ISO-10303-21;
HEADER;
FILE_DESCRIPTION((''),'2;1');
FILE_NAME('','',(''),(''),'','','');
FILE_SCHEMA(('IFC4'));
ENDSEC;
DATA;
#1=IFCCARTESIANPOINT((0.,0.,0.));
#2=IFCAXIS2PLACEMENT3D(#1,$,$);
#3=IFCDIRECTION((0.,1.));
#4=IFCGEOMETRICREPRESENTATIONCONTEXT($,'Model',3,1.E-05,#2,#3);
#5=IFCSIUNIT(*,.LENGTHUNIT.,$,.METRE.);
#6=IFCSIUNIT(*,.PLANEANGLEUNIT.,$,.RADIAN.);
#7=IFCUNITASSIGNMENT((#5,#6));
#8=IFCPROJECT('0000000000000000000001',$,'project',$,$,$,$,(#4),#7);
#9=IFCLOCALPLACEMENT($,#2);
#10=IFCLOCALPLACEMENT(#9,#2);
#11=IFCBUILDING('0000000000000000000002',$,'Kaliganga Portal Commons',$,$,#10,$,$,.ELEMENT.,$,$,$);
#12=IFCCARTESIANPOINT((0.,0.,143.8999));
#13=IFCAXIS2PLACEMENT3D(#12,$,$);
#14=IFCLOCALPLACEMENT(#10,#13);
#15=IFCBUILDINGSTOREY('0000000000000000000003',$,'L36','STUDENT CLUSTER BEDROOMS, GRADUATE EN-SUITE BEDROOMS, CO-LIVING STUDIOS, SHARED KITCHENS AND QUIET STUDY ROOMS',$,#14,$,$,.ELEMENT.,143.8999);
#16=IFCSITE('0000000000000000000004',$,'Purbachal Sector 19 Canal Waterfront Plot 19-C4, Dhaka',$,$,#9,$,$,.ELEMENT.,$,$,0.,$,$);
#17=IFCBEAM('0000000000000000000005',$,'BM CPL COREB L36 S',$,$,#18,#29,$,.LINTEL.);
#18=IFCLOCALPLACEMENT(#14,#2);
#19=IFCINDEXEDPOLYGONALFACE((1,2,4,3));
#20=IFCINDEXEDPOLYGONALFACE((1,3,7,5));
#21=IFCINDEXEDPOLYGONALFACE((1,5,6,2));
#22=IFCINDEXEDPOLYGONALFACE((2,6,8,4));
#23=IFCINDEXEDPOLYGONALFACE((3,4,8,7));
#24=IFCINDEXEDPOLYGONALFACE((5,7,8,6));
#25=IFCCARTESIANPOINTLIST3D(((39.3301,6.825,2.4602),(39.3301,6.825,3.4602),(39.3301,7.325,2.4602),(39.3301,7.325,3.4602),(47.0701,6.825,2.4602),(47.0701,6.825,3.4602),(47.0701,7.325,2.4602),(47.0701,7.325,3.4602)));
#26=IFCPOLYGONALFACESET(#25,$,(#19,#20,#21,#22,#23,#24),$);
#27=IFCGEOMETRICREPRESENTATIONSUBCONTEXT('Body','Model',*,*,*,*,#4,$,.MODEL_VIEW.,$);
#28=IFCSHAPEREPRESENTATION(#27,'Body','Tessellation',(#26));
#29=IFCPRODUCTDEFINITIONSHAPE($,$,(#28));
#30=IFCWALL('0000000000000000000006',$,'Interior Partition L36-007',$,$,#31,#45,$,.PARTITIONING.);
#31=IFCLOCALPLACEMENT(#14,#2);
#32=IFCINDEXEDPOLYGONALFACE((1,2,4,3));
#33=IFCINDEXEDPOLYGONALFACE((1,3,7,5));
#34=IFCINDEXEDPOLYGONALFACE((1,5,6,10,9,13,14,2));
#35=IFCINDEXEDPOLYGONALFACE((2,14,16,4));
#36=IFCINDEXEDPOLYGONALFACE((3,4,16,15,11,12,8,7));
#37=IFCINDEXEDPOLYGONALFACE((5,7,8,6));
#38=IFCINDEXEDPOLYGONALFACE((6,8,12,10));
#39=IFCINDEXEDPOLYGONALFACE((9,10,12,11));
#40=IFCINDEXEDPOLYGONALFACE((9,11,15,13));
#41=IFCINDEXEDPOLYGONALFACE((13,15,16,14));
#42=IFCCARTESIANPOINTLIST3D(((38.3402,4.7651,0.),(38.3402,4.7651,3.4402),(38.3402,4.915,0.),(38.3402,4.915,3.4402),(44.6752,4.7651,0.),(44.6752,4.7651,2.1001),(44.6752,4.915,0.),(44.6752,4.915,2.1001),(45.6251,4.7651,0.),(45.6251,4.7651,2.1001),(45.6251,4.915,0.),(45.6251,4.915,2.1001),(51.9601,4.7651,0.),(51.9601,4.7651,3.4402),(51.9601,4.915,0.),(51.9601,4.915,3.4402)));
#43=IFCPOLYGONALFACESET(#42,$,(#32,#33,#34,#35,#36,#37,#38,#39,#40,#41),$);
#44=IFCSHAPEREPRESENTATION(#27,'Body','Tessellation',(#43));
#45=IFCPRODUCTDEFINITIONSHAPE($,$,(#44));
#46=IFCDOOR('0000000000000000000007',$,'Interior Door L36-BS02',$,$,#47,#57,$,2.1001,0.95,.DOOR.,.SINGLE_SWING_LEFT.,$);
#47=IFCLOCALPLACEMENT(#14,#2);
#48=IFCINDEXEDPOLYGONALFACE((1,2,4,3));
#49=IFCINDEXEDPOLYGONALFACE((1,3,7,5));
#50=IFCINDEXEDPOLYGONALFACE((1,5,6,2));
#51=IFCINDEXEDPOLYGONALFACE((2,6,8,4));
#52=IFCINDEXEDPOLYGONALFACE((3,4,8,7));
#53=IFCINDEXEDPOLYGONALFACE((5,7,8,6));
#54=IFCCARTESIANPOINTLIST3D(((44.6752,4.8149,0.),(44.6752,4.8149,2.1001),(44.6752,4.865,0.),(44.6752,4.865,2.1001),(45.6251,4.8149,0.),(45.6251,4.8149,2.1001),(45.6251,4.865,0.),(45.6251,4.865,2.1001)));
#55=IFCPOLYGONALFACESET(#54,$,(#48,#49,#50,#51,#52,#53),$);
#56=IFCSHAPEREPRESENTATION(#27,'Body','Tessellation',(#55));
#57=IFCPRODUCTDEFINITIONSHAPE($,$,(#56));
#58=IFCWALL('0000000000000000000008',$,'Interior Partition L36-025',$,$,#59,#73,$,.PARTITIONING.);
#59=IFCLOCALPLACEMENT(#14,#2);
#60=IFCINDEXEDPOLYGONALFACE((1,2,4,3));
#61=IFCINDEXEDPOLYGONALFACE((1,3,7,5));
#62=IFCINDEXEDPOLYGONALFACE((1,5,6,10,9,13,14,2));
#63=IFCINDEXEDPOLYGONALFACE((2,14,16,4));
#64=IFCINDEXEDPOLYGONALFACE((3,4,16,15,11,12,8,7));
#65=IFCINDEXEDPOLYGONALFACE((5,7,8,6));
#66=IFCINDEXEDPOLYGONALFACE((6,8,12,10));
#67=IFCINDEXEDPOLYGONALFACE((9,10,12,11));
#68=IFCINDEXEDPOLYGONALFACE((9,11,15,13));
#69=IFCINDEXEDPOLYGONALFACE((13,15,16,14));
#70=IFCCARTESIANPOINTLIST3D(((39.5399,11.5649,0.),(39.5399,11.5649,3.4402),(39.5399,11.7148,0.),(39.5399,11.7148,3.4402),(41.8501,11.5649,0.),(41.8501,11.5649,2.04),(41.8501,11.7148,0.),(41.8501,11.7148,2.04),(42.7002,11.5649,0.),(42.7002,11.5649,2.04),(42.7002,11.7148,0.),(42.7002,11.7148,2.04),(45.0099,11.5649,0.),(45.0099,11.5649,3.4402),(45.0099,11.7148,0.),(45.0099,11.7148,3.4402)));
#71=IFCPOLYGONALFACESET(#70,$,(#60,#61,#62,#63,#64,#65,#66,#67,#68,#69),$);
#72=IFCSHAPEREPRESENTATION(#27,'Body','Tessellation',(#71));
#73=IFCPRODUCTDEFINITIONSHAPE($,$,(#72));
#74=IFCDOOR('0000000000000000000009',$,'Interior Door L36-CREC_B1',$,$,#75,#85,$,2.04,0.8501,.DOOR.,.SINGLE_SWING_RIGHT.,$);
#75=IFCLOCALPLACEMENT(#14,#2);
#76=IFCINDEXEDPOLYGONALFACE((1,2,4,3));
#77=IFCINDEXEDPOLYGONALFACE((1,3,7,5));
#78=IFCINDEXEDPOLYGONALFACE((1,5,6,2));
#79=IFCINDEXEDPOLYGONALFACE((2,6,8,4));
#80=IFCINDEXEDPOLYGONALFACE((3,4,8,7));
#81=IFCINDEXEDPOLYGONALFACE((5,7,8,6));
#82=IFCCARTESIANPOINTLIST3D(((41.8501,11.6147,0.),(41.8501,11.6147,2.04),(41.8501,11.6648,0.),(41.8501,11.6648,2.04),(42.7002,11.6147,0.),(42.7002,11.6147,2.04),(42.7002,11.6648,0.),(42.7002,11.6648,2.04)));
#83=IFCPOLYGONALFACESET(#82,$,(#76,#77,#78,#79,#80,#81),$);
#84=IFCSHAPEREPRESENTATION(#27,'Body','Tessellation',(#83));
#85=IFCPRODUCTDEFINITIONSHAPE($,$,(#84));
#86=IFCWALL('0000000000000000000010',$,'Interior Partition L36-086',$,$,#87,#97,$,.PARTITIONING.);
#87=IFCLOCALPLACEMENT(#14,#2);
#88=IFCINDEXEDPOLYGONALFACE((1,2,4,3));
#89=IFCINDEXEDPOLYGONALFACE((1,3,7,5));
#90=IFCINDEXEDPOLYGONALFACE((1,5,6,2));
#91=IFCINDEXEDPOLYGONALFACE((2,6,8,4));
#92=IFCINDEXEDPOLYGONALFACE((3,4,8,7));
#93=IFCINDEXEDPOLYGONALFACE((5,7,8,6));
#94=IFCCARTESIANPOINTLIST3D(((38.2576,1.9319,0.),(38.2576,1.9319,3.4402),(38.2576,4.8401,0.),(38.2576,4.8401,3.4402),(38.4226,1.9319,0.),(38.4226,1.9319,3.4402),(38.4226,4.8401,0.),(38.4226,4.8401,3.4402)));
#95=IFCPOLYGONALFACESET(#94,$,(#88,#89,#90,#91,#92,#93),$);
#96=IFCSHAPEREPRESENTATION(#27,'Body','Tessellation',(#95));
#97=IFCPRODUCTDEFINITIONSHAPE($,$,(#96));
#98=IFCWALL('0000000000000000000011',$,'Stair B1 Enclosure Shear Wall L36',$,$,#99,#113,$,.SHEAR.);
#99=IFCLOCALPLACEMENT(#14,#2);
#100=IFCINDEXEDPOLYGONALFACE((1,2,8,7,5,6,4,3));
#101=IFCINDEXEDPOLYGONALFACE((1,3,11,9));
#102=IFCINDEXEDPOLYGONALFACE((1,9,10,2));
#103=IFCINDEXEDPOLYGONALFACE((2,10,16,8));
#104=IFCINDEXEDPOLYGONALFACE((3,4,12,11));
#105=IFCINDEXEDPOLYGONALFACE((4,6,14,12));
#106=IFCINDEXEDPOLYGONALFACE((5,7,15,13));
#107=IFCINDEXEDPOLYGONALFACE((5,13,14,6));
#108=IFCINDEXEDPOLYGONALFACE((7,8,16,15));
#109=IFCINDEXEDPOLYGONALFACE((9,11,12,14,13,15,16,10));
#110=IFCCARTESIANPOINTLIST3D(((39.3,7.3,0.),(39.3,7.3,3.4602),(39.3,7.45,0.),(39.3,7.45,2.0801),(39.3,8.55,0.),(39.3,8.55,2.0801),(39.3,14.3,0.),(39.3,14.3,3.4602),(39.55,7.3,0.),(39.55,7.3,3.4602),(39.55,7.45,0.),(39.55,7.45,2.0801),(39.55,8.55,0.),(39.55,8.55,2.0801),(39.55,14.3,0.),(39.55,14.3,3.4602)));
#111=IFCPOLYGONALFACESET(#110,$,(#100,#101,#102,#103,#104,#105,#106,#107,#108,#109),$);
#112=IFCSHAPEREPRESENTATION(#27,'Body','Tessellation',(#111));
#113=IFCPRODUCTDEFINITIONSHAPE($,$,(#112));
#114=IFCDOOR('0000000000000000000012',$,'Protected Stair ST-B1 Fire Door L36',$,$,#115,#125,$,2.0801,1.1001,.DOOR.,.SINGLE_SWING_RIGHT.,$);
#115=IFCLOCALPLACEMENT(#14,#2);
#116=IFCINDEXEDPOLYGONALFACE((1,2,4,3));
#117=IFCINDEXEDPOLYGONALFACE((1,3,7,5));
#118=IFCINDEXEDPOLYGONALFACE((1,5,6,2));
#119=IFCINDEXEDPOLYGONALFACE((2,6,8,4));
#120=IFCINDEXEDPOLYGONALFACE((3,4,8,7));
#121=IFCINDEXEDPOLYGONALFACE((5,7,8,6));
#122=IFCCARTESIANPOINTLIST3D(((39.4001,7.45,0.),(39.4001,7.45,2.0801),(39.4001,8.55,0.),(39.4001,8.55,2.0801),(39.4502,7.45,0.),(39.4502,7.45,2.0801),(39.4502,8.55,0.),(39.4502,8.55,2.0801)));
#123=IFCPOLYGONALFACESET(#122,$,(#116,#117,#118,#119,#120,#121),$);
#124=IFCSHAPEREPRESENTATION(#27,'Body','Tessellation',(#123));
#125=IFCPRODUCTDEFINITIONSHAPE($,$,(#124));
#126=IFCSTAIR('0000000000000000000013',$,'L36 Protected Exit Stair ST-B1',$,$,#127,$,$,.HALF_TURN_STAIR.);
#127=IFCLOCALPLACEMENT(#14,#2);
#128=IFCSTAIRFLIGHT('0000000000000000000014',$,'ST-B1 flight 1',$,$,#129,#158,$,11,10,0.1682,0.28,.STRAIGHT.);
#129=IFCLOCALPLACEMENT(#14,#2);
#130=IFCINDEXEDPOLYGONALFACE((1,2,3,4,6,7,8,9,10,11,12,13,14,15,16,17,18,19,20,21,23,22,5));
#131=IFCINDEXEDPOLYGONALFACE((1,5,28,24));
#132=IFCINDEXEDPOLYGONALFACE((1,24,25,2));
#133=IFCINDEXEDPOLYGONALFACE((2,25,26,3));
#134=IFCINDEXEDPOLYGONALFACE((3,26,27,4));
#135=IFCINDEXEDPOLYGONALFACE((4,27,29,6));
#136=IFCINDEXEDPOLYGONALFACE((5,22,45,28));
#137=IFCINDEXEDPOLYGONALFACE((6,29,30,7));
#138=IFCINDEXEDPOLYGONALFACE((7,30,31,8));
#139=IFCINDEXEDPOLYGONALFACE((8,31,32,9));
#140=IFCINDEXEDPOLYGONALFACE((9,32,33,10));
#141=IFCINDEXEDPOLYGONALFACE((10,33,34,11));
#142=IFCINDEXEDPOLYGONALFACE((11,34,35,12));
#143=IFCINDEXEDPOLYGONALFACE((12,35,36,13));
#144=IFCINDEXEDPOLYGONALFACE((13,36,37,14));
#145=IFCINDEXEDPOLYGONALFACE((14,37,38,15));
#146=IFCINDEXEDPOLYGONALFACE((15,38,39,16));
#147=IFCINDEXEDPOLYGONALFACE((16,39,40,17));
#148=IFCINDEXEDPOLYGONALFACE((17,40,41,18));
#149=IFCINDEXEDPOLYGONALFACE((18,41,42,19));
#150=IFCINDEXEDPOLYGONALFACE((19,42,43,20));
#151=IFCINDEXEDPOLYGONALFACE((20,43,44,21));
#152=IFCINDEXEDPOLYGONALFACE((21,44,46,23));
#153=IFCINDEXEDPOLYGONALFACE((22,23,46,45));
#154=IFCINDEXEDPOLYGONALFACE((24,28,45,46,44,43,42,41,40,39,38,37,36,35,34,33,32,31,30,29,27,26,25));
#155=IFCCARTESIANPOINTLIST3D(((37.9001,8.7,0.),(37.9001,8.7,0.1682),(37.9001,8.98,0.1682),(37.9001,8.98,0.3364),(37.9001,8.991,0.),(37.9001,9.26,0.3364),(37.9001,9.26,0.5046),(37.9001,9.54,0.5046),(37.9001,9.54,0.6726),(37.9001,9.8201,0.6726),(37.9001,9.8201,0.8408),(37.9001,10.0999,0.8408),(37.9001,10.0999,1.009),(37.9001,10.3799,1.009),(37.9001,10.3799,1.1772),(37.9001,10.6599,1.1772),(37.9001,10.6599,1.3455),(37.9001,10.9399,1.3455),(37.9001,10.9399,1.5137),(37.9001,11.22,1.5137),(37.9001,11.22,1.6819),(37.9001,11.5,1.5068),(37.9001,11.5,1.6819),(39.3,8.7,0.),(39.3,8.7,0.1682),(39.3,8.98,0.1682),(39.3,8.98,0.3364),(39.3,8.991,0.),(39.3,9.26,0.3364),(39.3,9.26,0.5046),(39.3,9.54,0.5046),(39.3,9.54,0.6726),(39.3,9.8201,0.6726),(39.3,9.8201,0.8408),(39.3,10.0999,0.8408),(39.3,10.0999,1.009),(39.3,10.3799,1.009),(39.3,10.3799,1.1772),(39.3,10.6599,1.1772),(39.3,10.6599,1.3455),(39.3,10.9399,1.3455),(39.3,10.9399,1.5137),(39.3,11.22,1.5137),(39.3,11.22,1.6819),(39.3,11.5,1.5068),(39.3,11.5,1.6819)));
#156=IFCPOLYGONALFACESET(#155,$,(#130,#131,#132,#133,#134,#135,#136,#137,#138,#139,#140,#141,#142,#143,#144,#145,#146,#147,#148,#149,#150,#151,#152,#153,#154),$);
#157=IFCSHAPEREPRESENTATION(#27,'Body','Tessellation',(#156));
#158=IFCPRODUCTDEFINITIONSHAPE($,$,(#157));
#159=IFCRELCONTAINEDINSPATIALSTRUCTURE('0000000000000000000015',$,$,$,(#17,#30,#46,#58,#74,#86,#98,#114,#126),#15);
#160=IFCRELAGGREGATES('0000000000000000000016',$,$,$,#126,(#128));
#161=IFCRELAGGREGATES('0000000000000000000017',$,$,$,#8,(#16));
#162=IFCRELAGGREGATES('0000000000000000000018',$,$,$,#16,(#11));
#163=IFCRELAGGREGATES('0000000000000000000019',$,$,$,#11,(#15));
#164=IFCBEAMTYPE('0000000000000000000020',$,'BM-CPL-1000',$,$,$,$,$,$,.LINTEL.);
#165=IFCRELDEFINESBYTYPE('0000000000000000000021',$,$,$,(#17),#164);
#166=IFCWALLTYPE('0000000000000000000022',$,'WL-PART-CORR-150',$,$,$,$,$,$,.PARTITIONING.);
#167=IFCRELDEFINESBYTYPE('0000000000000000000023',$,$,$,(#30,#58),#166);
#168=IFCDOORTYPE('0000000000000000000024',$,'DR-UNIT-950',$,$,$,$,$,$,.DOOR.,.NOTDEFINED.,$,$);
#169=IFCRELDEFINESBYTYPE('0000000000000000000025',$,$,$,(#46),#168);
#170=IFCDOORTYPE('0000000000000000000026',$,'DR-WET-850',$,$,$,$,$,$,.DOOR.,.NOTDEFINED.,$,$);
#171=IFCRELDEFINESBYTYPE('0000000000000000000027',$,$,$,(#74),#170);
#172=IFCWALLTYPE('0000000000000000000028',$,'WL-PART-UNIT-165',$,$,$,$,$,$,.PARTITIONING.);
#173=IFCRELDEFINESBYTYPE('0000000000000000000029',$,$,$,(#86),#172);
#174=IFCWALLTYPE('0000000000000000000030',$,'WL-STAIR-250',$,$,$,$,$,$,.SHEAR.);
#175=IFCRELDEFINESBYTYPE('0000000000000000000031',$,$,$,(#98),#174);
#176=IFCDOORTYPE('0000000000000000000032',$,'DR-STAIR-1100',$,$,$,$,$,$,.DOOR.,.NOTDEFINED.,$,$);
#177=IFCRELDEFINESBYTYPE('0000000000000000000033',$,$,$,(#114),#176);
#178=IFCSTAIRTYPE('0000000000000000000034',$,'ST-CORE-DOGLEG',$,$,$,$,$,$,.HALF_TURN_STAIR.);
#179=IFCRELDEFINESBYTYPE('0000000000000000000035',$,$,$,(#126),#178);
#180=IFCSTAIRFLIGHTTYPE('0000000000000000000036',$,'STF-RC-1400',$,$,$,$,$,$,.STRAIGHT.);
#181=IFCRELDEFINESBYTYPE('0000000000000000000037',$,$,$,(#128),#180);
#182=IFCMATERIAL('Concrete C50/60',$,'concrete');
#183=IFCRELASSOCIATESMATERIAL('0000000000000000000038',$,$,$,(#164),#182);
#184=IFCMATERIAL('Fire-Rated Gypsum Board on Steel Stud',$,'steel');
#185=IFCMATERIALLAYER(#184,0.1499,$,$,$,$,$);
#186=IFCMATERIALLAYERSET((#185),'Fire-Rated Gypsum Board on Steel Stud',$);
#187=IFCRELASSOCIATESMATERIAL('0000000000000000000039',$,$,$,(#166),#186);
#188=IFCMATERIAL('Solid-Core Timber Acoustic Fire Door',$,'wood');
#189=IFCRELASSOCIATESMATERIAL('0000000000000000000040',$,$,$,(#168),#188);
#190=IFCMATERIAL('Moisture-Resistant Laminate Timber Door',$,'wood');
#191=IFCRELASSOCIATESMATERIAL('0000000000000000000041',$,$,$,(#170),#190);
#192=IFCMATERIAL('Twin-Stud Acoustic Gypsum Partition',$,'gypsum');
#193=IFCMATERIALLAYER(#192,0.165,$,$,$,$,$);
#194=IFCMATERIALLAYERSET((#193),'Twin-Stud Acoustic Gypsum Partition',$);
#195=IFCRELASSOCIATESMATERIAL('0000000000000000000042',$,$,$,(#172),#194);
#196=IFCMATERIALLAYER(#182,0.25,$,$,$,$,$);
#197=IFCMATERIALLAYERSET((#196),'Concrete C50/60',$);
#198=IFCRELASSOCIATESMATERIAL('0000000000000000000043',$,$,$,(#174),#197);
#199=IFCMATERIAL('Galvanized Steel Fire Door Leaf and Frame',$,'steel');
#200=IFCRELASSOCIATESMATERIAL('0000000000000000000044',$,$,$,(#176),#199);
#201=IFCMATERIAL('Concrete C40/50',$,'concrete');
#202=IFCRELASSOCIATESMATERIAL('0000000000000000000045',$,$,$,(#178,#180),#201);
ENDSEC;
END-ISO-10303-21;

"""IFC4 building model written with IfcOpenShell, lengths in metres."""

from ifc_helpers import new_model, si_unit, direction, frame, frame_2d, origin, origin_2d, place, context, subcontext, project, spatial, polyline, rectangle, outline, extrude, source, transform, mapped, material, layer, layer_set, material_profile, profile_set, type_object, element, fill, aggregate, save


model = new_model("IFC4")

# Units and contexts
model_context = context("Model", 3, precision=1e-05, world=origin(), true_north=direction((0.0, 1.0)))
body_context = subcontext(model_context, "Body", "Model", "MODEL_VIEW")
ifc_project = project(units=[si_unit("LENGTHUNIT", "METRE"), si_unit("PLANEANGLEUNIT", "RADIAN")], contexts=[model_context])

# Site, building, storey
site_placement = place(None, origin())
site = spatial("IfcSite", under=ifc_project, at=site_placement, Name="Purbachal Sector 19 Canal Waterfront Plot 19-C4, Dhaka", CompositionType="ELEMENT", RefElevation=0.0)
building_placement = place(site_placement, origin())
building = spatial("IfcBuilding", under=site, at=building_placement, Name="Kaliganga Portal Commons", CompositionType="ELEMENT")
storey_placement = place(building_placement, frame((0.0, 0.0, 143.8999)))
storey = spatial("IfcBuildingStorey", under=building, at=storey_placement, Name="L36", Description="STUDENT CLUSTER BEDROOMS, GRADUATE EN-SUITE BEDROOMS, CO-LIVING STUDIOS, SHARED KITCHENS AND QUIET STUDY ROOMS", CompositionType="ELEMENT", Elevation=143.8999)

# Beam
ifc_material_1 = material(Name="Concrete C50/60", Category="concrete")
ifc_material_profile = material_profile(ifc_material_1, rectangle(XDim=0.5, YDim=1.0, at=origin_2d()), Name="RC 500x1000")
ifc_profile_set = profile_set([ifc_material_profile], Name="Concrete C50/60")
beam_type = type_object("IfcBeamType", Name="BM-CPL-1000", PredefinedType="LINTEL", material=ifc_profile_set)
shared_shape = source(origin(), body_context, "Body", "SweptSolid", [
    extrude(rectangle(XDim=0.5, YDim=1.0, at=origin_2d()), origin(), (0.0, 0.0, 1.0), 7.74),
])
beam_placement = place(storey_placement, frame((39.3301, 7.075, 2.9602), z_axis=(1.0, 0.0, 0.0), x_axis=(0.0, 1.0, 0.0)))
element("IfcBeam", 1, at=beam_placement, inside=storey, type_object=beam_type, Name="BM CPL COREB L36 S", PredefinedType="LINTEL", context=body_context, shape_type="MappedRepresentation", body=[
    mapped(shared_shape, transform((0.0, 0.0, 0.0), x_axis=(1.0, 0.0, 0.0), y_axis=(0.0, 1.0, 0.0), z_axis=(0.0, 0.0, 1.0), scale=1.0)),
])

# Walls, openings, doors
ifc_material_2 = material(Name="Fire-Rated Gypsum Board on Steel Stud", Category="steel")
ifc_layer_1 = layer(ifc_material_2, 0.1499)
ifc_layer_set_1 = layer_set([ifc_layer_1], Name="Fire-Rated Gypsum Board on Steel Stud")
wall_type_1 = type_object("IfcWallType", Name="WL-PART-CORR-150", PredefinedType="PARTITIONING", material=ifc_layer_set_1)
wall_1_placement = place(storey_placement, frame((38.3401, 4.8401, 0.0), z_axis=(0.0, 0.0, 1.0), x_axis=(1.0, 0.0, 0.0)))
wall_1 = element("IfcWall", 2, at=wall_1_placement, inside=storey, type_object=wall_type_1, Name="Interior Partition L36-007", PredefinedType="PARTITIONING", context=body_context, shape_type="SweptSolid", body=[
    extrude(rectangle(XDim=13.6199, YDim=0.1499, at=frame_2d((6.8101, 0.0))), origin(), (0.0, 0.0, 1.0), 3.4402),
])
opening_1_placement = place(wall_1_placement, frame((6.335, 0.0, 0.0)))
opening_1 = element("IfcOpeningElement", 3, at=opening_1_placement, cuts=wall_1, PredefinedType="OPENING", context=body_context, shape_type="SweptSolid", body=[
    extrude(rectangle(XDim=0.95, YDim=2.1001, at=frame_2d((0.4751, 1.05))), frame((0.0, 0.085, 0.0), z_axis=(0.0, -1.0, 0.0), x_axis=(1.0, 0.0, 0.0)), (0.0, 0.0, 1.0), 0.1699),
])
ifc_material_3 = material(Name="Solid-Core Timber Acoustic Fire Door", Category="wood")
door_type_1 = type_object("IfcDoorType", Name="DR-UNIT-950", OperationType="NOTDEFINED", PredefinedType="DOOR", material=ifc_material_3)
door_1_placement = place(opening_1_placement, origin())
door_1 = element("IfcDoor", 4, at=door_1_placement, inside=storey, type_object=door_type_1, Name="Interior Door L36-BS02", OperationType="SINGLE_SWING_LEFT", OverallHeight=2.1001, OverallWidth=0.95, PredefinedType="DOOR", context=body_context, shape_type="SweptSolid", body=[
    extrude(rectangle(XDim=0.95, YDim=2.1001, at=frame_2d((0.4751, 1.05))), frame((0.0, 0.0249, 0.0), z_axis=(0.0, -1.0, 0.0), x_axis=(1.0, 0.0, 0.0)), (0.0, 0.0, 1.0), 0.05),
])
fill(opening_1, door_1)
wall_2_placement = place(storey_placement, frame((39.54, 11.6399, 0.0), z_axis=(0.0, 0.0, 1.0), x_axis=(1.0, 0.0, 0.0)))
wall_2 = element("IfcWall", 5, at=wall_2_placement, inside=storey, type_object=wall_type_1, Name="Interior Partition L36-025", PredefinedType="PARTITIONING", context=body_context, shape_type="SweptSolid", body=[
    extrude(rectangle(XDim=5.47, YDim=0.1499, at=frame_2d((2.7349, 0.0))), origin(), (0.0, 0.0, 1.0), 3.4402),
])
opening_2_placement = place(wall_2_placement, frame((2.3101, 0.0, 0.0)))
opening_2 = element("IfcOpeningElement", 6, at=opening_2_placement, cuts=wall_2, PredefinedType="OPENING", context=body_context, shape_type="SweptSolid", body=[
    extrude(rectangle(XDim=0.8501, YDim=2.04, at=frame_2d((0.425, 1.02))), frame((0.0, 0.085, 0.0), z_axis=(0.0, -1.0, 0.0), x_axis=(1.0, 0.0, 0.0)), (0.0, 0.0, 1.0), 0.1699),
])
ifc_material_4 = material(Name="Moisture-Resistant Laminate Timber Door", Category="wood")
door_type_2 = type_object("IfcDoorType", Name="DR-WET-850", OperationType="NOTDEFINED", PredefinedType="DOOR", material=ifc_material_4)
door_2_placement = place(opening_2_placement, origin())
door_2 = element("IfcDoor", 7, at=door_2_placement, inside=storey, type_object=door_type_2, Name="Interior Door L36-CREC_B1", OperationType="SINGLE_SWING_RIGHT", OverallHeight=2.04, OverallWidth=0.8501, PredefinedType="DOOR", context=body_context, shape_type="SweptSolid", body=[
    extrude(rectangle(XDim=0.8501, YDim=2.04, at=frame_2d((0.425, 1.02))), frame((0.0, 0.0249, 0.0), z_axis=(0.0, -1.0, 0.0), x_axis=(1.0, 0.0, 0.0)), (0.0, 0.0, 1.0), 0.05),
])
fill(opening_2, door_2)

# Wall
ifc_material_5 = material(Name="Twin-Stud Acoustic Gypsum Partition", Category="gypsum")
ifc_layer_2 = layer(ifc_material_5, 0.165)
ifc_layer_set_2 = layer_set([ifc_layer_2], Name="Twin-Stud Acoustic Gypsum Partition")
wall_type_2 = type_object("IfcWallType", Name="WL-PART-UNIT-165", PredefinedType="PARTITIONING", material=ifc_layer_set_2)
wall_3_placement = place(storey_placement, frame((38.3401, 1.9319, 0.0), z_axis=(0.0, 0.0, 1.0), x_axis=(0.0, 1.0, 0.0)))
element("IfcWall", 8, at=wall_3_placement, inside=storey, type_object=wall_type_2, Name="Interior Partition L36-086", PredefinedType="PARTITIONING", context=body_context, shape_type="SweptSolid", body=[
    extrude(rectangle(XDim=2.9082, YDim=0.165, at=frame_2d((1.4541, 0.0))), origin(), (0.0, 0.0, 1.0), 3.4402),
])

# Wall, opening, door
ifc_layer_3 = layer(ifc_material_1, 0.25)
ifc_layer_set_3 = layer_set([ifc_layer_3], Name="Concrete C50/60")
wall_type_3 = type_object("IfcWallType", Name="WL-STAIR-250", PredefinedType="SHEAR", material=ifc_layer_set_3)
wall_4_placement = place(storey_placement, frame((39.425, 7.3, 0.0), z_axis=(0.0, 0.0, 1.0), x_axis=(0.0, 1.0, 0.0)))
wall_4 = element("IfcWall", 9, at=wall_4_placement, inside=storey, type_object=wall_type_3, Name="Stair B1 Enclosure Shear Wall L36", PredefinedType="SHEAR", context=body_context, shape_type="SweptSolid", body=[
    extrude(rectangle(XDim=7.0, YDim=0.25, at=frame_2d((3.5, 0.0))), origin(), (0.0, 0.0, 1.0), 3.4602),
])
opening_3_placement = place(wall_4_placement, frame((0.1499, 0.0, 0.0)))
opening_3 = element("IfcOpeningElement", 10, at=opening_3_placement, cuts=wall_4, PredefinedType="OPENING", context=body_context, shape_type="SweptSolid", body=[
    extrude(rectangle(XDim=1.1001, YDim=2.0801, at=frame_2d((0.55, 1.04))), frame((0.0, 0.135, 0.0), z_axis=(0.0, -1.0, 0.0), x_axis=(1.0, 0.0, 0.0)), (0.0, 0.0, 1.0), 0.27),
])
ifc_material_6 = material(Name="Galvanized Steel Fire Door Leaf and Frame", Category="steel")
door_type_3 = type_object("IfcDoorType", Name="DR-STAIR-1100", OperationType="NOTDEFINED", PredefinedType="DOOR", material=ifc_material_6)
door_3_placement = place(opening_3_placement, origin())
door_3 = element("IfcDoor", 11, at=door_3_placement, inside=storey, type_object=door_type_3, Name="Protected Stair ST-B1 Fire Door L36", OperationType="SINGLE_SWING_RIGHT", OverallHeight=2.0801, OverallWidth=1.1001, PredefinedType="DOOR", context=body_context, shape_type="SweptSolid", body=[
    extrude(rectangle(XDim=1.1001, YDim=2.0801, at=frame_2d((0.55, 1.04))), frame((0.0, 0.0249, 0.0), z_axis=(0.0, -1.0, 0.0), x_axis=(1.0, 0.0, 0.0)), (0.0, 0.0, 1.0), 0.05),
])
fill(opening_3, door_3)

# Stair, stair flight
ifc_material_7 = material(Name="Concrete C40/50", Category="concrete")
stair_type = type_object("IfcStairType", Name="ST-CORE-DOGLEG", PredefinedType="HALF_TURN_STAIR", material=ifc_material_7)
stair_placement = place(storey_placement, origin())
stair = element("IfcStair", 12, at=stair_placement, inside=storey, type_object=stair_type, Name="L36 Protected Exit Stair ST-B1", PredefinedType="HALF_TURN_STAIR")
stair_flight_type = type_object("IfcStairFlightType", Name="STF-RC-1400", PredefinedType="STRAIGHT", material=ifc_material_7)
stair_flight_placement = place(storey_placement, frame((38.6001, 8.7, 0.0), z_axis=(0.0, 0.0, 1.0), x_axis=(0.0, 1.0, 0.0)))
stair_flight = element("IfcStairFlight", 13, at=stair_flight_placement, type_object=stair_flight_type, Name="ST-B1 flight 1", NumberOfRisers=11, NumberOfTreads=10, PredefinedType="STRAIGHT", RiserHeight=0.1682, TreadLength=0.28, context=body_context, shape_type="SweptSolid", body=[
    extrude(outline(polyline([(0.0, 0.0), (0.0, 0.1682), (0.28, 0.1682), (0.28, 0.3364), (0.5601, 0.3364), (0.5601, 0.5046), (0.8401, 0.5046), (0.8401, 0.6726), (1.1201, 0.6726), (1.1201, 0.8408), (1.3999, 0.8408), (1.3999, 1.009), (1.6799, 1.009), (1.6799, 1.1772), (1.96, 1.1772), (1.96, 1.3455), (2.24, 1.3455), (2.24, 1.5137), (2.52, 1.5137), (2.52, 1.6819), (2.8, 1.6819), (2.8, 1.8501), (2.8, 1.5068), (0.291, 0.0), (0.0, 0.0)])), frame((0.0, 0.7, 0.0), z_axis=(0.0, -1.0, 0.0), x_axis=(1.0, 0.0, 0.0)), (0.0, 0.0, 1.0), 1.3999),
])
aggregate(stair, [stair_flight])

save(model, "model.ifc")
